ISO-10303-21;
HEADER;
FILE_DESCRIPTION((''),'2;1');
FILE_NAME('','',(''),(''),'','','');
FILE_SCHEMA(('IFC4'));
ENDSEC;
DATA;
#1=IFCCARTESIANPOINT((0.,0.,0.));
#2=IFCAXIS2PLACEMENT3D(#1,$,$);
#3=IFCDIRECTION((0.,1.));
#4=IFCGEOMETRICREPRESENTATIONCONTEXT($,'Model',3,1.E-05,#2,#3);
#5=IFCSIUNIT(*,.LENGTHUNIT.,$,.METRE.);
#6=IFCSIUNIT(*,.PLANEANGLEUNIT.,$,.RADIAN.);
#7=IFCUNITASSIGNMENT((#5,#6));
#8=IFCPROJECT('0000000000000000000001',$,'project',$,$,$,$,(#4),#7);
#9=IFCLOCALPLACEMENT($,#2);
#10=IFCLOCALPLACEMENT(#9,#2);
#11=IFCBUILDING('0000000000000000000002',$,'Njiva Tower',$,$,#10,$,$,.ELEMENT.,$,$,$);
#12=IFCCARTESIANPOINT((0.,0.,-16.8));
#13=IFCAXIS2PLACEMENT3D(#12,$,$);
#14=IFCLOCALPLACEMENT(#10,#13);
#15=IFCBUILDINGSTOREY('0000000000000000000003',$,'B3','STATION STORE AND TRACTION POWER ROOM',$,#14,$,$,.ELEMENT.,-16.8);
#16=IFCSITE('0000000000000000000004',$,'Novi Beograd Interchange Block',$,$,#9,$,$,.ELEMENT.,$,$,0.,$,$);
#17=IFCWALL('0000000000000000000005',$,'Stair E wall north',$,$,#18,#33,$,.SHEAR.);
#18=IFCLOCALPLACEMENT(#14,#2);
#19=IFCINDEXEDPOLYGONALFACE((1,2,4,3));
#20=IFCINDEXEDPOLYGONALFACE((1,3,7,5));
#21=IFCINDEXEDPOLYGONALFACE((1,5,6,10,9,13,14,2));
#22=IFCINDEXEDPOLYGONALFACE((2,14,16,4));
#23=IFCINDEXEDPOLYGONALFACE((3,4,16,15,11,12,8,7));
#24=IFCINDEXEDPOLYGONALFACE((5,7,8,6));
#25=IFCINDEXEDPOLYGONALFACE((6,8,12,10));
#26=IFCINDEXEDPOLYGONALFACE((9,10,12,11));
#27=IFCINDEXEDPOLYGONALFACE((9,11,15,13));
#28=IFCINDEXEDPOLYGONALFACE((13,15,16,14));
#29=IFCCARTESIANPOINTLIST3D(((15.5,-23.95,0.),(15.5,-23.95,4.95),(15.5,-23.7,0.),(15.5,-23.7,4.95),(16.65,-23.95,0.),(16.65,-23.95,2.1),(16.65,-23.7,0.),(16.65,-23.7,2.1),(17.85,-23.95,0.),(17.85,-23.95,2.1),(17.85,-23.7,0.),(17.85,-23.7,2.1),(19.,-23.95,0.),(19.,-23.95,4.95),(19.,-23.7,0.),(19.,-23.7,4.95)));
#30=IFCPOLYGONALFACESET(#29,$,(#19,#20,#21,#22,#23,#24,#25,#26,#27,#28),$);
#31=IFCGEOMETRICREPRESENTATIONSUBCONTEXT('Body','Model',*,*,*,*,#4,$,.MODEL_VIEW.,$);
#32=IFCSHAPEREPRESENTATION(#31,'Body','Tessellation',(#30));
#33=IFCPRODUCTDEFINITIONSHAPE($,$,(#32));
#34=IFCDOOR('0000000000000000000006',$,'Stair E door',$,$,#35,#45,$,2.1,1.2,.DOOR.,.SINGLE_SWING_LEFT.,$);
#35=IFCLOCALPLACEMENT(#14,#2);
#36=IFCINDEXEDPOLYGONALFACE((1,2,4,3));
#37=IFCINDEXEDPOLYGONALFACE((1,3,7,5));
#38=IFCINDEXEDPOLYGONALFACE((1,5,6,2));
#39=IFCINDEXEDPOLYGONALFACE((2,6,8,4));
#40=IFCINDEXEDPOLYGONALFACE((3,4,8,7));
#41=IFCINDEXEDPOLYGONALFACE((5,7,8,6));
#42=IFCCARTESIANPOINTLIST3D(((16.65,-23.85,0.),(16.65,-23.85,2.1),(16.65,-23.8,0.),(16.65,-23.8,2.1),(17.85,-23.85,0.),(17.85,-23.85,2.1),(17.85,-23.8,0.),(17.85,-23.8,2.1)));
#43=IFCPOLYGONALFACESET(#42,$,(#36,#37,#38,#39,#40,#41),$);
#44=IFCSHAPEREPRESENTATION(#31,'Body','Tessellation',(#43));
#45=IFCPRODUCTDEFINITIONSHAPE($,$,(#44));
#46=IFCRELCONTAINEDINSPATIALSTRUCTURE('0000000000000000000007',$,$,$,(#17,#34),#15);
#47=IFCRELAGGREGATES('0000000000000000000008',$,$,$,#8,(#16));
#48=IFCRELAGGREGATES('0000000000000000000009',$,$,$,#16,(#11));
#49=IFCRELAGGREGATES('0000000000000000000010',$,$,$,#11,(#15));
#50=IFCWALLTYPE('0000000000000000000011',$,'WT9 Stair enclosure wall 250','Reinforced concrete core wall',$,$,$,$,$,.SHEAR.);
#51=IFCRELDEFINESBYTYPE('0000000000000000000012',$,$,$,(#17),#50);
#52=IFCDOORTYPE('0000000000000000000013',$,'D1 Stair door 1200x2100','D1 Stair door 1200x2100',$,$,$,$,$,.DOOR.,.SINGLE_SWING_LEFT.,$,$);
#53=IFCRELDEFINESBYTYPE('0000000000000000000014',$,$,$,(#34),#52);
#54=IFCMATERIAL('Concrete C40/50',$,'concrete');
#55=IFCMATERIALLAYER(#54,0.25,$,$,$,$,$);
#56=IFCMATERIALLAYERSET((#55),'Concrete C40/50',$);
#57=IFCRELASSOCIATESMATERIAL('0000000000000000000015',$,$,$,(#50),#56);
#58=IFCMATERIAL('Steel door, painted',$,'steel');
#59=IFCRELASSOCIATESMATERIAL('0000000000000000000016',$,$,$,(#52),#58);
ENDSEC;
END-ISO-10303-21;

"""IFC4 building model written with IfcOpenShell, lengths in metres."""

from ifc_helpers import new_model, si_unit, direction, frame, frame_2d, origin, place, context, subcontext, project, spatial, rectangle, extrude, material, layer, layer_set, type_object, element, fill, save


model = new_model("IFC4")

# Units and contexts
model_context = context("Model", 3, precision=1e-05, world=origin(), true_north=direction((0.0, 1.0)))
body_context = subcontext(model_context, "Body", "Model", "MODEL_VIEW")
ifc_project = project(units=[si_unit("LENGTHUNIT", "METRE"), si_unit("PLANEANGLEUNIT", "RADIAN")], contexts=[model_context])

# Site, building, storey
site_placement = place(None, origin())
site = spatial("IfcSite", under=ifc_project, at=site_placement, Name="Novi Beograd Interchange Block", CompositionType="ELEMENT", RefElevation=0.0)
building_placement = place(site_placement, origin())
building = spatial("IfcBuilding", under=site, at=building_placement, Name="Njiva Tower", CompositionType="ELEMENT")
storey_placement = place(building_placement, frame((0.0, 0.0, -16.8)))
storey = spatial("IfcBuildingStorey", under=building, at=storey_placement, Name="B3", Description="STATION STORE AND TRACTION POWER ROOM", CompositionType="ELEMENT", Elevation=-16.8)

# Shared definitions
ifc_material_1 = material(Name="Concrete C40/50", Category="concrete")
ifc_layer_1 = layer(ifc_material_1, 0.25)
ifc_layer_set_1 = layer_set([ifc_layer_1], Name="Concrete C40/50")
wall_type_1 = type_object("IfcWallType", Name="WT9 Stair enclosure wall 250", Description="Reinforced concrete core wall", PredefinedType="SHEAR", material=ifc_layer_set_1)

# Wall, opening, door
wall_1_placement = place(storey_placement, frame((15.5, -23.825, 0.0), z_axis=(0.0, 0.0, 1.0), x_axis=(1.0, 0.0, 0.0)))
wall_1 = element("IfcWall", 1, at=wall_1_placement, inside=storey, type_object=wall_type_1, Name="Stair E wall north", PredefinedType="SHEAR", context=body_context, shape_type="SweptSolid", body=[
    extrude(rectangle(XDim=3.5, YDim=0.25, at=frame_2d((1.75, 0.0))), origin(), (0.0, 0.0, 1.0), 4.95),
])
opening_1_placement = place(wall_1_placement, frame((1.15, 0.0, 0.0)))
opening_1 = element("IfcOpeningElement", 2, at=opening_1_placement, cuts=wall_1, PredefinedType="OPENING", context=body_context, shape_type="SweptSolid", body=[
    extrude(rectangle(XDim=1.2, YDim=2.1, at=frame_2d((0.6, 1.05))), frame((0.0, 0.135, 0.0), z_axis=(0.0, -1.0, 0.0), x_axis=(1.0, 0.0, 0.0)), (0.0, 0.0, 1.0), 0.27),
])
ifc_material_2 = material(Name="Steel door, painted", Category="steel")
door_type_1 = type_object("IfcDoorType", Name="D1 Stair door 1200x2100", Description="D1 Stair door 1200x2100", OperationType="SINGLE_SWING_LEFT", PredefinedType="DOOR", material=ifc_material_2)
door_1_placement = place(opening_1_placement, origin())
door_1 = element("IfcDoor", 3, at=door_1_placement, inside=storey, type_object=door_type_1, Name="Stair E door", OperationType="SINGLE_SWING_LEFT", OverallHeight=2.1, OverallWidth=1.2, PredefinedType="DOOR", context=body_context, shape_type="SweptSolid", body=[
    extrude(rectangle(XDim=1.2, YDim=2.1, at=frame_2d((0.6, 1.05))), frame((0.0, 0.025, 0.0), z_axis=(0.0, -1.0, 0.0), x_axis=(1.0, 0.0, 0.0)), (0.0, 0.0, 1.0), 0.05),
])
fill(opening_1, door_1)

save(model, "model.ifc")
